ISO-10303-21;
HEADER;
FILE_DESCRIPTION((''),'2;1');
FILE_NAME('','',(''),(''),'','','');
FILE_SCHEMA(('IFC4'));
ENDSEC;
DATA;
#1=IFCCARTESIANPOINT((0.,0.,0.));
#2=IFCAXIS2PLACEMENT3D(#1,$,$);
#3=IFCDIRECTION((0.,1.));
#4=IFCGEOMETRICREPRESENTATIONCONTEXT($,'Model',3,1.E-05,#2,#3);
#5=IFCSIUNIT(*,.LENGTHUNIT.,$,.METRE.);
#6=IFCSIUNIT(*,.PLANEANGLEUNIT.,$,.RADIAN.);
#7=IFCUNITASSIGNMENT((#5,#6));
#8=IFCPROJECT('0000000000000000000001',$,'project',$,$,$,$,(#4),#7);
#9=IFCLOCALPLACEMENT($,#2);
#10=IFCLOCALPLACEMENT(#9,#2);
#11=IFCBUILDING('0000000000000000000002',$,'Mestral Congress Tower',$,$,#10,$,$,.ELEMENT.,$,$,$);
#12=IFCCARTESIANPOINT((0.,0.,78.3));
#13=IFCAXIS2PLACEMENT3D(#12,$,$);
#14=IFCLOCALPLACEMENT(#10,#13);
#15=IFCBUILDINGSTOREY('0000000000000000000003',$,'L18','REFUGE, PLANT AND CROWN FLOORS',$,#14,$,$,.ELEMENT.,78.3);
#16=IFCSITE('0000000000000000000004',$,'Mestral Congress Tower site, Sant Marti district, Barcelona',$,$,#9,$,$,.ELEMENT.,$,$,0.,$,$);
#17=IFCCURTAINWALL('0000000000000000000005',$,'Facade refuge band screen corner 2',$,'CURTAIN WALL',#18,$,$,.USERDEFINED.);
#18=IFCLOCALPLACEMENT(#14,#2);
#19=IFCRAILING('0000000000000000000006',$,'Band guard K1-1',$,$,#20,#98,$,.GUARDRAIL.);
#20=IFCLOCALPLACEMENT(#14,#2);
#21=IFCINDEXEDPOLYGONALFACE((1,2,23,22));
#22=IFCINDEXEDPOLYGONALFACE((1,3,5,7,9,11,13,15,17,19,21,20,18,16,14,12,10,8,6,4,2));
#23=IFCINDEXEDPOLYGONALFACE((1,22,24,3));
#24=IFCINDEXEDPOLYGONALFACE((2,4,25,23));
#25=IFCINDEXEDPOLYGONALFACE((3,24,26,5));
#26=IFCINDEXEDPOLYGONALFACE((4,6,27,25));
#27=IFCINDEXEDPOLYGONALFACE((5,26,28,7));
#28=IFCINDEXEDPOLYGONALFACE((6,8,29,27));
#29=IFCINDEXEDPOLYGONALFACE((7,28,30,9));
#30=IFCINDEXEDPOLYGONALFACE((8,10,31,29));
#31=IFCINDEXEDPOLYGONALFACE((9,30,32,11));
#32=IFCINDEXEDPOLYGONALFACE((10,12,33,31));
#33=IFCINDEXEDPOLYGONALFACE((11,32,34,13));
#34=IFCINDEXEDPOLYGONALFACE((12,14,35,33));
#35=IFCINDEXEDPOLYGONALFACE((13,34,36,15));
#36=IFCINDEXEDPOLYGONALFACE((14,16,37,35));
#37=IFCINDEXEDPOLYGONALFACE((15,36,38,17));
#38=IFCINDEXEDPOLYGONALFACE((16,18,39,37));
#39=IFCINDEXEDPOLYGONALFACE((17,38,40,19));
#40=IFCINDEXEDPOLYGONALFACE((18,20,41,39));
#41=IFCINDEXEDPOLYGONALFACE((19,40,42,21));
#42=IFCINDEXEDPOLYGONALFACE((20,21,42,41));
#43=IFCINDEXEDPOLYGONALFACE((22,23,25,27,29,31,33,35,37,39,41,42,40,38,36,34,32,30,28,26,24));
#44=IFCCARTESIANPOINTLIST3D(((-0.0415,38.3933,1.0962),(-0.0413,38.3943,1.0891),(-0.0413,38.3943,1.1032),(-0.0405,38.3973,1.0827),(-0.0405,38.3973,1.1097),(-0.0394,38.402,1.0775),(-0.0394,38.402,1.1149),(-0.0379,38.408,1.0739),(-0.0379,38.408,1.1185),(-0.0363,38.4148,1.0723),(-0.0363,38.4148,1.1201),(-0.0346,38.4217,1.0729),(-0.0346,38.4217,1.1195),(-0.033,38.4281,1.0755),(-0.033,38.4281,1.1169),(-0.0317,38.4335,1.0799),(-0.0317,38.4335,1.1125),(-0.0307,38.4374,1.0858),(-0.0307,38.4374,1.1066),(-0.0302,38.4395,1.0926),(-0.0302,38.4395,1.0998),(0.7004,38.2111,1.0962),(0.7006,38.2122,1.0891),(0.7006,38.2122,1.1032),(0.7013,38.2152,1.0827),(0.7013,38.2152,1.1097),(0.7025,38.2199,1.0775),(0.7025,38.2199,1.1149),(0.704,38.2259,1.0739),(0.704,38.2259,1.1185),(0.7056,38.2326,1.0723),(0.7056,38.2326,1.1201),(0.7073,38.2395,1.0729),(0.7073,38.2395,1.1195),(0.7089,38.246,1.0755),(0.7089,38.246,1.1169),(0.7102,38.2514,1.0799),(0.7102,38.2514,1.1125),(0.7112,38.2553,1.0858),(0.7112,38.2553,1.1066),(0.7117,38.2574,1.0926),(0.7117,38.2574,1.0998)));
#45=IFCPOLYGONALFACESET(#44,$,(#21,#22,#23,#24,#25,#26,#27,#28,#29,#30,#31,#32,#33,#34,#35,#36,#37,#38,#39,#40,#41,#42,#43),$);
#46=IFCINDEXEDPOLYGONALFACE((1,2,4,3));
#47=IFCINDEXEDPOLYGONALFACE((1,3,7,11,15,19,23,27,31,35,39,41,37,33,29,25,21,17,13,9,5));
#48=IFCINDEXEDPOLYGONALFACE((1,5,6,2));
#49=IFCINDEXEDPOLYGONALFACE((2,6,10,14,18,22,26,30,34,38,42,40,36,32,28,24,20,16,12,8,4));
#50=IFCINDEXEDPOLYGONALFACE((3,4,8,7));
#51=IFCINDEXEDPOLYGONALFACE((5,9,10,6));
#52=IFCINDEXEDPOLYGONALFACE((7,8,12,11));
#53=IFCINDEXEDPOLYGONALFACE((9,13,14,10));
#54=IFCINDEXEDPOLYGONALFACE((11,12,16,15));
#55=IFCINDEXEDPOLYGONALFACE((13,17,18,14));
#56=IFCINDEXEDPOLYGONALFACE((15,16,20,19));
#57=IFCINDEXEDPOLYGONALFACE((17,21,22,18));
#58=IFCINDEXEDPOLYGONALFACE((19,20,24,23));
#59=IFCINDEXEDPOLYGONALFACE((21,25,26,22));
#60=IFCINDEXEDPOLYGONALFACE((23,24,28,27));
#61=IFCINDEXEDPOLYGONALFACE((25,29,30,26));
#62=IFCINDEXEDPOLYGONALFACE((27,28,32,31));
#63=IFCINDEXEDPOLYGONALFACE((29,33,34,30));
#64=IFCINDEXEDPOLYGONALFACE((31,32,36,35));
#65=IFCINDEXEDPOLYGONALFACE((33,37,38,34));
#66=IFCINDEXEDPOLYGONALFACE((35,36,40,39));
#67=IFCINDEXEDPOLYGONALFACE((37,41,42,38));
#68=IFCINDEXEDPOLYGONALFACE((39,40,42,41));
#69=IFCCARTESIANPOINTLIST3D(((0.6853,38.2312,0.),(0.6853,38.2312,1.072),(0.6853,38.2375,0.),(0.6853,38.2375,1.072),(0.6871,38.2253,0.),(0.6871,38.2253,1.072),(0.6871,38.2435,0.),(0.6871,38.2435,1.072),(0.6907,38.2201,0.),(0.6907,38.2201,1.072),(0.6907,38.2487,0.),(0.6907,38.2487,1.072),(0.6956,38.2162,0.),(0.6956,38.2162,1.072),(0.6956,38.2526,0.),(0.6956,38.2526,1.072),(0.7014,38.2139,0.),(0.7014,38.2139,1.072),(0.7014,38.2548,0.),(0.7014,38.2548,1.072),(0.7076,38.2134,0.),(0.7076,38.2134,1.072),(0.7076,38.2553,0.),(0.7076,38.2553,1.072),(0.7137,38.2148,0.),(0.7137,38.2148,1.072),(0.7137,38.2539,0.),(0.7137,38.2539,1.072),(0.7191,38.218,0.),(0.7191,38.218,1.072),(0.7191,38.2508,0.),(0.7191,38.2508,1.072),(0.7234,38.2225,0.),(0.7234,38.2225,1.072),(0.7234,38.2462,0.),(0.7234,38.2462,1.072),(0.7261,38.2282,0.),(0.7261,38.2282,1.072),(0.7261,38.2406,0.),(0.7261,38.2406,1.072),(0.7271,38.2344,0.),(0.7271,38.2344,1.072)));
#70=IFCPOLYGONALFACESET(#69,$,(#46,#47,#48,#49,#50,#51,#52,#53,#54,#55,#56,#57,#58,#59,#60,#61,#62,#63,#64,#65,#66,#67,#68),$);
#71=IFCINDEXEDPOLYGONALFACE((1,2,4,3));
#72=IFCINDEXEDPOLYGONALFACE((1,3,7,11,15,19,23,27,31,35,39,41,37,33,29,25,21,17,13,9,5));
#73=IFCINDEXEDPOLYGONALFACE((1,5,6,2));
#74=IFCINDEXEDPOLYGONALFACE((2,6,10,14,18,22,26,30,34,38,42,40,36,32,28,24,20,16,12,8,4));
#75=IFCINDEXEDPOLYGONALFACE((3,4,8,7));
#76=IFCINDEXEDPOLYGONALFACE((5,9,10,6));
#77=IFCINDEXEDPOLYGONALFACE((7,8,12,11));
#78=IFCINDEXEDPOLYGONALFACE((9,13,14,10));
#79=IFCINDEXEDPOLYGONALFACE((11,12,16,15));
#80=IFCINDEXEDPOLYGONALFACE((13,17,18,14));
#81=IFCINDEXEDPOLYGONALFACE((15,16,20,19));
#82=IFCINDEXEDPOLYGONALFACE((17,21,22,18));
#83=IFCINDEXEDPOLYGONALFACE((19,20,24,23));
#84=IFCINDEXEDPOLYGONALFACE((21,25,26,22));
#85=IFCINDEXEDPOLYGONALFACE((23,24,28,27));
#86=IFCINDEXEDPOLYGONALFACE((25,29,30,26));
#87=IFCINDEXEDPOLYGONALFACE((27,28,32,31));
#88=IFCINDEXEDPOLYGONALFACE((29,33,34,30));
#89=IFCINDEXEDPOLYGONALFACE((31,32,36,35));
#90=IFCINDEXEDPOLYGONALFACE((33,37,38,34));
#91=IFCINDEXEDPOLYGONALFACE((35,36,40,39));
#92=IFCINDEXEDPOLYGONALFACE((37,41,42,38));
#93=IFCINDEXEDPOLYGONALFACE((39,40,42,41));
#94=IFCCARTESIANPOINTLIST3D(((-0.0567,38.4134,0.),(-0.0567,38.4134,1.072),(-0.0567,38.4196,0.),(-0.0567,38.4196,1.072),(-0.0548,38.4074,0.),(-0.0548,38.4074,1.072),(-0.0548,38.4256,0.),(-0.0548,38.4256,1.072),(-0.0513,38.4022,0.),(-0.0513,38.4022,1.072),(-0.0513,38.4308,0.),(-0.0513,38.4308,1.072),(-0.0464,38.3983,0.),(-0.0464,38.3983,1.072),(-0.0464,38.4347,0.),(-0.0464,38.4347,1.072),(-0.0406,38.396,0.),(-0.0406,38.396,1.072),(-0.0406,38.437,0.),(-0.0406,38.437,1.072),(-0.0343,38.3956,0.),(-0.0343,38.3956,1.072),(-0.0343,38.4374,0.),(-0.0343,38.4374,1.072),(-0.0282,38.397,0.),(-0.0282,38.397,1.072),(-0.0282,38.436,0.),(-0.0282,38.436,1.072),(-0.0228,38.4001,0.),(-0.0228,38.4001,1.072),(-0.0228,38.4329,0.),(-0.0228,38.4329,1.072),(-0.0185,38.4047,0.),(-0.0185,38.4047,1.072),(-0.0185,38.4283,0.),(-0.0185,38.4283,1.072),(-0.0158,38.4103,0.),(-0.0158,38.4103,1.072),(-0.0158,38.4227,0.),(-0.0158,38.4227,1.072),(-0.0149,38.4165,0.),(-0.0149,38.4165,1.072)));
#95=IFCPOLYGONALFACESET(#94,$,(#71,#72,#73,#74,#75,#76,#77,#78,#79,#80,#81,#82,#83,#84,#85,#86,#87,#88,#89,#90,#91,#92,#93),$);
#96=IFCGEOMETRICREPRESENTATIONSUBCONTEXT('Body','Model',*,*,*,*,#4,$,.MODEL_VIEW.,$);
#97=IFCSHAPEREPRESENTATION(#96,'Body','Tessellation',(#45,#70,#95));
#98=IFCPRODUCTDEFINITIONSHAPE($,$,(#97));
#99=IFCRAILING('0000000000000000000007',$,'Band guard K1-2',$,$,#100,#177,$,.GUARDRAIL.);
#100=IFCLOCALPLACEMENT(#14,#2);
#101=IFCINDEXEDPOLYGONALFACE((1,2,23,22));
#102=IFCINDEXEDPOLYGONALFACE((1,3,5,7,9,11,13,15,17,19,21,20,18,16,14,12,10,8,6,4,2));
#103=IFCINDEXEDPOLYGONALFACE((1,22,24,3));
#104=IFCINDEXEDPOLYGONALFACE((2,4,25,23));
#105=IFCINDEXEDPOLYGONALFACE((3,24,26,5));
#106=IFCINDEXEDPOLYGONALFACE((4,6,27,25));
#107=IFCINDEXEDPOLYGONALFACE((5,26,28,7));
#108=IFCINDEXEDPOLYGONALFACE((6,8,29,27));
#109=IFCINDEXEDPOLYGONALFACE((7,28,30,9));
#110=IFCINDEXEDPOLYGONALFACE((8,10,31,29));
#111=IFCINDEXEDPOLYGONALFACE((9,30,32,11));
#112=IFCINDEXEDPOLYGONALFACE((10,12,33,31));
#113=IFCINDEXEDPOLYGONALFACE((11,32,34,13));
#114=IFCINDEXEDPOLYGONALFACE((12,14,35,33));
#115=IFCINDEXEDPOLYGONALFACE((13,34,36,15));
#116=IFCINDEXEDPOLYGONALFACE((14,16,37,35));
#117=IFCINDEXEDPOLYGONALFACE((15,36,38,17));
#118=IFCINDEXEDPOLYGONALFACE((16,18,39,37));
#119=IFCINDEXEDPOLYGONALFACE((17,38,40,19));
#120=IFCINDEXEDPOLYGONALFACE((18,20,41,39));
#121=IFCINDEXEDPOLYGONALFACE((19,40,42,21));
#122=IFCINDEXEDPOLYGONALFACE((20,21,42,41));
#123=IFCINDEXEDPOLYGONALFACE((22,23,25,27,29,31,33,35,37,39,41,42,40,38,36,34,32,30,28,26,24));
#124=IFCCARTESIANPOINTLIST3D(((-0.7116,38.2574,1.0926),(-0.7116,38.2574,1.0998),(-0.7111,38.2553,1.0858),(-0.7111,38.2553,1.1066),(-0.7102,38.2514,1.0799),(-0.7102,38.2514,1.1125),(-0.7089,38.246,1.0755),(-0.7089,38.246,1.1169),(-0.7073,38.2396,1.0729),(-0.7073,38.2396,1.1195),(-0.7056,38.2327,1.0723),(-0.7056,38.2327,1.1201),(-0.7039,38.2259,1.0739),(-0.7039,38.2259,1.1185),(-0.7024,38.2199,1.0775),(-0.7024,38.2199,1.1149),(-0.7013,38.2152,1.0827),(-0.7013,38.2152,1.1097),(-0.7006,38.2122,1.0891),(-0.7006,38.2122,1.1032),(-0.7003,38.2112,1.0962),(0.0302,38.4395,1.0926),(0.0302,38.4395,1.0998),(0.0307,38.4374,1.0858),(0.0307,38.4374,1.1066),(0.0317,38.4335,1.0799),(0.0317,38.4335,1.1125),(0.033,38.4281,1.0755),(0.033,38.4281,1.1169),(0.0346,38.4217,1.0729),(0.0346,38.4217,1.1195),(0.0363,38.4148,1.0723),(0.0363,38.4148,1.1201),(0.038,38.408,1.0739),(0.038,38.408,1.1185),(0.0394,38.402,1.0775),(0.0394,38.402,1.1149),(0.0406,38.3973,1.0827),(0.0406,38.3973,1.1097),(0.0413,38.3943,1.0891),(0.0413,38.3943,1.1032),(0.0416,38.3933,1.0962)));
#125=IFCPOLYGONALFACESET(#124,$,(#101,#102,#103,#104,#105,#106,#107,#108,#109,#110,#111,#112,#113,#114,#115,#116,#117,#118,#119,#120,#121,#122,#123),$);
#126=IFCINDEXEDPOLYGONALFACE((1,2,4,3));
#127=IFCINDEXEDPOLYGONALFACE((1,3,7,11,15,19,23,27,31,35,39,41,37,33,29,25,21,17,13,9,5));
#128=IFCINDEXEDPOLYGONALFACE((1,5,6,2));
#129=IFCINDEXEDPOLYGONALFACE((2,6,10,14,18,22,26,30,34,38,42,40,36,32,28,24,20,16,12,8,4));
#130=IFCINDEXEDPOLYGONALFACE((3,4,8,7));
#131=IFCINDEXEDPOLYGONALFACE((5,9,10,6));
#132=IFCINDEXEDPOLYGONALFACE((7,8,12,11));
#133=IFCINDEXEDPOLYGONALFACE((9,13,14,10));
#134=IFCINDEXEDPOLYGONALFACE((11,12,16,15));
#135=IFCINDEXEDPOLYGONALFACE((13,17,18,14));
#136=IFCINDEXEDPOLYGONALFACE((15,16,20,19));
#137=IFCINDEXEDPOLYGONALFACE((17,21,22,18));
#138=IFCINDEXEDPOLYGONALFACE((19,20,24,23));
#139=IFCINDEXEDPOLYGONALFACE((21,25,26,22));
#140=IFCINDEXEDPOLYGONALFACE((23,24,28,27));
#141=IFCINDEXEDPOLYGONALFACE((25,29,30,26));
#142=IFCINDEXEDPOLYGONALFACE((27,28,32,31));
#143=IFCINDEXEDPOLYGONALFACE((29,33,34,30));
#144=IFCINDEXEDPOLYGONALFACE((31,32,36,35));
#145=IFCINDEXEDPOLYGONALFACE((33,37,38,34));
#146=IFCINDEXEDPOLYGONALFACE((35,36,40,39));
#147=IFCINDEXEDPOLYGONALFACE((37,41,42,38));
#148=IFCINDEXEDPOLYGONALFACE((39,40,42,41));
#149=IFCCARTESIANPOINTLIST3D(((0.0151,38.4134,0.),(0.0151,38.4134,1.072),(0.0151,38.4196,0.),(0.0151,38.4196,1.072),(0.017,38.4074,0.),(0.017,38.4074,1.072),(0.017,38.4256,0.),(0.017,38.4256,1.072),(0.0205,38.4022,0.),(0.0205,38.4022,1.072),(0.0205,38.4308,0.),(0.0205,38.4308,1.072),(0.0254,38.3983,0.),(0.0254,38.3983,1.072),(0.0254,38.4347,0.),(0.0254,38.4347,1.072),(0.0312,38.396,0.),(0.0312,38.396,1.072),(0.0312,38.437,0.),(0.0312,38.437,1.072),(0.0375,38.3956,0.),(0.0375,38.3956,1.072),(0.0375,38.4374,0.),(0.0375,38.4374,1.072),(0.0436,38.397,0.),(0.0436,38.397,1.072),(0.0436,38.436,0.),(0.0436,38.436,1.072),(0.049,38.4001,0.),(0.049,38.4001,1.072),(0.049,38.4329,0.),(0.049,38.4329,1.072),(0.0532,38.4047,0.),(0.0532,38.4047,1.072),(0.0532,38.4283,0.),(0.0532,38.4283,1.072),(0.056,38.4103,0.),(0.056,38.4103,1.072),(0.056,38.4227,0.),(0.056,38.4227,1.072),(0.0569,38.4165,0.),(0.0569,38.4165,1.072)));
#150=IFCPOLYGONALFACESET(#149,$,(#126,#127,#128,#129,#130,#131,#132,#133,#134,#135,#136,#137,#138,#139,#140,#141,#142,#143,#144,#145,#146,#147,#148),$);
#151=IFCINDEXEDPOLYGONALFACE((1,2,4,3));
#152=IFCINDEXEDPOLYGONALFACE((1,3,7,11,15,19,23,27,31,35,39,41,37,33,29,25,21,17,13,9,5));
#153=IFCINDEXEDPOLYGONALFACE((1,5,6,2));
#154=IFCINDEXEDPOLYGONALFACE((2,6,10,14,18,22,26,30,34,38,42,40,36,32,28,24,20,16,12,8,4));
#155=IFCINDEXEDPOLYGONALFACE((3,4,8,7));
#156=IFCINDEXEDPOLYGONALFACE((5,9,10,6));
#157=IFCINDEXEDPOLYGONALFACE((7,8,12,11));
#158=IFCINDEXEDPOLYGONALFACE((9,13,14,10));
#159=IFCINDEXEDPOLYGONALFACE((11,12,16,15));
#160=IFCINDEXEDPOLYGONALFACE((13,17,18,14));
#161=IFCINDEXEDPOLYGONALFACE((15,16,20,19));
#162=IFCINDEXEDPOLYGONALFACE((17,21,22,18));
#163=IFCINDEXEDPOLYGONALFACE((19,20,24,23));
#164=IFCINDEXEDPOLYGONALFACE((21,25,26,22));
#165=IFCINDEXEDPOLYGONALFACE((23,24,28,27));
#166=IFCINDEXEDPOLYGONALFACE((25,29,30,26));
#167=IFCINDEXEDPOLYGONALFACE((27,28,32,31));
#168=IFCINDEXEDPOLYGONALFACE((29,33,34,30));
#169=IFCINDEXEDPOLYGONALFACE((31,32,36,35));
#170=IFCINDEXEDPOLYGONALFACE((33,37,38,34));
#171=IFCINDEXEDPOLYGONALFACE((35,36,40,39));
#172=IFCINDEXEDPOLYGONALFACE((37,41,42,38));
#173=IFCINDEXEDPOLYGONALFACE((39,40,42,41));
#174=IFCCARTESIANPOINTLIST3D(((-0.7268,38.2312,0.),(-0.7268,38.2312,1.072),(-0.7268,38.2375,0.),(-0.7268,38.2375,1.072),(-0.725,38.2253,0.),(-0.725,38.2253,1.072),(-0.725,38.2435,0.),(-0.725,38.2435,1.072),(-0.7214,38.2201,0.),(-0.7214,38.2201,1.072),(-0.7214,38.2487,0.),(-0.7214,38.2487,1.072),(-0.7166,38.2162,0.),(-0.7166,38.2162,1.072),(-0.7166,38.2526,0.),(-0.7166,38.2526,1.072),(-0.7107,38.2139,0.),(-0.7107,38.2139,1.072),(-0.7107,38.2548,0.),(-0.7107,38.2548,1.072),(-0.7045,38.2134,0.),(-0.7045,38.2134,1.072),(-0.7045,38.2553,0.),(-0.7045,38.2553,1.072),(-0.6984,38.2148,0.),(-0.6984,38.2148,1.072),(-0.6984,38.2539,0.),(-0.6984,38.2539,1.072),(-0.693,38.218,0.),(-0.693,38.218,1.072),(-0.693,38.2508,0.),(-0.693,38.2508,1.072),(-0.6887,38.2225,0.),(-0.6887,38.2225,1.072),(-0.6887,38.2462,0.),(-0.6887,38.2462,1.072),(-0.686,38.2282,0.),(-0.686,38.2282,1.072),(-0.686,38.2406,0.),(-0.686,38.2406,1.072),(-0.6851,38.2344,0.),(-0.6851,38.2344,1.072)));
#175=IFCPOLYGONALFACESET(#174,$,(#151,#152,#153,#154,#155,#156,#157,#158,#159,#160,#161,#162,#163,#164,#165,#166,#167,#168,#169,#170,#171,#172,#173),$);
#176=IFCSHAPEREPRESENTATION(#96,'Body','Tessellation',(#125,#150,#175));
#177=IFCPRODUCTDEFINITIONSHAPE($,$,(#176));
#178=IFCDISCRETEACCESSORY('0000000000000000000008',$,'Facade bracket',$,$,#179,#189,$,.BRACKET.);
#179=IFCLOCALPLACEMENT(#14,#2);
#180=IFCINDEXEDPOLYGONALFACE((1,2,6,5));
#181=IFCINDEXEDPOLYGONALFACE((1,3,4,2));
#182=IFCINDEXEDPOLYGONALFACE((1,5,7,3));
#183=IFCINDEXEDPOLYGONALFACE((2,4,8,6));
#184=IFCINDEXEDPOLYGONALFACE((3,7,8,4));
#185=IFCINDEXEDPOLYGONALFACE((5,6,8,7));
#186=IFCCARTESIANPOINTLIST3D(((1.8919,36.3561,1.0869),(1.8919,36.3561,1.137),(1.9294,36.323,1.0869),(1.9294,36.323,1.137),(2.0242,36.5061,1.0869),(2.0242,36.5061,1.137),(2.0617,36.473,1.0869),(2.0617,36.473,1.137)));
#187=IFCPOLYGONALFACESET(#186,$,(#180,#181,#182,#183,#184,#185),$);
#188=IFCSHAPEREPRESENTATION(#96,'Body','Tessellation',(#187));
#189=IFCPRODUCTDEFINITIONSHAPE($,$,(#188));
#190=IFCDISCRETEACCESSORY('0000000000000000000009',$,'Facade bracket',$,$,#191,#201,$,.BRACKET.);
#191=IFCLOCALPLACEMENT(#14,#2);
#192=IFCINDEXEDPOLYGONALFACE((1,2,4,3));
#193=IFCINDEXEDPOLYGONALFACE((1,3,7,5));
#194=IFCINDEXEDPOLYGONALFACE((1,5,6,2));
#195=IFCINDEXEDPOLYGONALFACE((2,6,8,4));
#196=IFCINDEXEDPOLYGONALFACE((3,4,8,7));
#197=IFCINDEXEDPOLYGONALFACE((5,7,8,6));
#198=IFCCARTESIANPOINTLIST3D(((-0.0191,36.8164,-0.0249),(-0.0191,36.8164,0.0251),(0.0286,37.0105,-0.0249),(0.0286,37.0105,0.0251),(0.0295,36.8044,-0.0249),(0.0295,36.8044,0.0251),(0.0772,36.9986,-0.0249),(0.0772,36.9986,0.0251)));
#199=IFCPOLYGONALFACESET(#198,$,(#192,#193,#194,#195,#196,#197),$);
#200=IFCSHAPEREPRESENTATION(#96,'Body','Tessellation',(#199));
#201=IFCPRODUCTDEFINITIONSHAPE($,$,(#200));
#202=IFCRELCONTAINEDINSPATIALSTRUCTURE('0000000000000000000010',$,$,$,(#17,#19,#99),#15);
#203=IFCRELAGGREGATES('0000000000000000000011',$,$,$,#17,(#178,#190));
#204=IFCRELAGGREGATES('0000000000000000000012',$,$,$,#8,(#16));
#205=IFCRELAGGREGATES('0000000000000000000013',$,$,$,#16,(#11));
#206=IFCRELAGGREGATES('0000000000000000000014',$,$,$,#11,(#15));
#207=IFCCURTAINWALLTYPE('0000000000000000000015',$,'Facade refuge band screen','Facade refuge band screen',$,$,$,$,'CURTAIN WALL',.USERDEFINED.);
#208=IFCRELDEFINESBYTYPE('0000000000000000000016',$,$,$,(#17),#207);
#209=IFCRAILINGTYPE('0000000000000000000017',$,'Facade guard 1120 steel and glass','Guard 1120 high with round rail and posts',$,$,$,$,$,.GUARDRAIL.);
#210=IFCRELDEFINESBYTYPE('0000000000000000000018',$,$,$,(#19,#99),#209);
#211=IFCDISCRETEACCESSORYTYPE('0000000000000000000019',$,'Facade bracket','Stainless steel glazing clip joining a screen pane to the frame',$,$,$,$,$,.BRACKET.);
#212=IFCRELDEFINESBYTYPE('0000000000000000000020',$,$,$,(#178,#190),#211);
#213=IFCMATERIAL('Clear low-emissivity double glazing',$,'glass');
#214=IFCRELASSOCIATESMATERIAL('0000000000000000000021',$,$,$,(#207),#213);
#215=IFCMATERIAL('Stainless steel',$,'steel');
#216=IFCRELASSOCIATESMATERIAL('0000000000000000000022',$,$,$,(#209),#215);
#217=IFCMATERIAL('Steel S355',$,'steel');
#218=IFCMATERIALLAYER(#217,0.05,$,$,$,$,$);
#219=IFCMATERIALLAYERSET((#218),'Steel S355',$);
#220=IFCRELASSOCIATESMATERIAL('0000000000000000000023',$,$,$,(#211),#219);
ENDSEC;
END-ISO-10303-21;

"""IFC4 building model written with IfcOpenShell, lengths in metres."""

from ifc_helpers import new_model, si_unit, direction, frame, origin, origin_2d, place, context, subcontext, project, spatial, rectangle, circle, extrude, material, layer, layer_set, type_object, element, aggregate, save


model = new_model("IFC4")

# Units and contexts
model_context = context("Model", 3, precision=1e-05, world=origin(), true_north=direction((0.0, 1.0)))
body_context = subcontext(model_context, "Body", "Model", "MODEL_VIEW")
ifc_project = project(units=[si_unit("LENGTHUNIT", "METRE"), si_unit("PLANEANGLEUNIT", "RADIAN")], contexts=[model_context])

# Site, building, storey
site_placement = place(None, origin())
site = spatial("IfcSite", under=ifc_project, at=site_placement, Name="Mestral Congress Tower site, Sant Marti district, Barcelona", CompositionType="ELEMENT", RefElevation=0.0)
building_placement = place(site_placement, origin())
building = spatial("IfcBuilding", under=site, at=building_placement, Name="Mestral Congress Tower", CompositionType="ELEMENT")
storey_placement = place(building_placement, frame((0.0, 0.0, 78.3)))
storey = spatial("IfcBuildingStorey", under=building, at=storey_placement, Name="L18", Description="REFUGE, PLANT AND CROWN FLOORS", CompositionType="ELEMENT", Elevation=78.3)

# Shared definitions
ifc_material_1 = material(Name="Steel S355", Category="steel")

# Curtain wall
ifc_material_2 = material(Name="Clear low-emissivity double glazing", Category="glass")
curtain_wall_type = type_object("IfcCurtainWallType", Name="Facade refuge band screen", Description="Facade refuge band screen", ElementType="CURTAIN WALL", PredefinedType="USERDEFINED", material=ifc_material_2)
placement = place(storey_placement, origin())
curtain_wall_1 = element("IfcCurtainWall", 1, at=placement, inside=storey, type_object=curtain_wall_type, Name="Facade refuge band screen corner 2", ObjectType="CURTAIN WALL", PredefinedType="USERDEFINED")

# Railings
ifc_material_3 = material(Name="Stainless steel", Category="steel")
railing_type = type_object("IfcRailingType", Name="Facade guard 1120 steel and glass", Description="Guard 1120 high with round rail and posts", PredefinedType="GUARDRAIL", material=ifc_material_3)
railing_1_placement = place(storey_placement, frame((0.7061, 38.2344, 0.0)))
element("IfcRailing", 2, at=railing_1_placement, inside=storey, type_object=railing_type, Name="Band guard K1-1", PredefinedType="GUARDRAIL", context=body_context, shape_type="SweptSolid", body=[
    extrude(circle(Radius=0.0239, at=origin_2d()), frame((0.0, 0.0, 1.0962), z_axis=(-0.971168, 0.238398, 0.0), x_axis=(-0.238398, -0.971168, 0.0)), (0.0, 0.0, 1.0), 0.7639),
    extrude(circle(Radius=0.021, at=origin_2d()), origin(), (0.0, 0.0, 1.0), 1.072),
    extrude(circle(Radius=0.021, at=origin_2d()), frame((-0.7419, 0.1821, 0.0)), (0.0, 0.0, 1.0), 1.072),
])
railing_2_placement = place(storey_placement, frame((0.0359, 38.4165, 0.0)))
element("IfcRailing", 3, at=railing_2_placement, inside=storey, type_object=railing_type, Name="Band guard K1-2", PredefinedType="GUARDRAIL", context=body_context, shape_type="SweptSolid", body=[
    extrude(circle(Radius=0.0239, at=origin_2d()), frame((0.0, 0.0, 1.0962), z_axis=(-0.971168, -0.238398, 0.0), x_axis=(0.238398, -0.971168, 0.0)), (0.0, 0.0, 1.0), 0.7639),
    extrude(circle(Radius=0.021, at=origin_2d()), origin(), (0.0, 0.0, 1.0), 1.072),
    extrude(circle(Radius=0.021, at=origin_2d()), frame((-0.7419, -0.1821, 0.0)), (0.0, 0.0, 1.0), 1.072),
])

# Discrete accessories
ifc_layer_1 = layer(ifc_material_1, 0.05)
ifc_layer_set_1 = layer_set([ifc_layer_1], Name="Steel S355")
discrete_accessory_type = type_object("IfcDiscreteAccessoryType", Name="Facade bracket", Description="Stainless steel glazing clip joining a screen pane to the frame", PredefinedType="BRACKET", material=ifc_layer_set_1)
discrete_accessory_1_placement = place(storey_placement, frame((1.9768, 36.4146, 1.0869), z_axis=(0.0, 0.0, 1.0), x_axis=(-0.749861, 0.661596, 0.0)))
discrete_accessory_1 = element("IfcDiscreteAccessory", 4, at=discrete_accessory_1_placement, type_object=discrete_accessory_type, Name="Facade bracket", PredefinedType="BRACKET", context=body_context, shape_type="SweptSolid", body=[
    extrude(rectangle(XDim=0.05, YDim=0.2, at=origin_2d()), origin(), (0.0, 0.0, 1.0), 0.05),
])
discrete_accessory_2_placement = place(storey_placement, frame((0.0291, 36.9075, -0.0249), z_axis=(0.0, 0.0, 1.0), x_axis=(-0.971124, 0.238574, 0.0)))
discrete_accessory_2 = element("IfcDiscreteAccessory", 5, at=discrete_accessory_2_placement, type_object=discrete_accessory_type, Name="Facade bracket", PredefinedType="BRACKET", context=body_context, shape_type="SweptSolid", body=[
    extrude(rectangle(XDim=0.05, YDim=0.2, at=origin_2d()), origin(), (0.0, 0.0, 1.0), 0.05),
])
aggregate(curtain_wall_1, [discrete_accessory_1, discrete_accessory_2])

save(model, "model.ifc")
